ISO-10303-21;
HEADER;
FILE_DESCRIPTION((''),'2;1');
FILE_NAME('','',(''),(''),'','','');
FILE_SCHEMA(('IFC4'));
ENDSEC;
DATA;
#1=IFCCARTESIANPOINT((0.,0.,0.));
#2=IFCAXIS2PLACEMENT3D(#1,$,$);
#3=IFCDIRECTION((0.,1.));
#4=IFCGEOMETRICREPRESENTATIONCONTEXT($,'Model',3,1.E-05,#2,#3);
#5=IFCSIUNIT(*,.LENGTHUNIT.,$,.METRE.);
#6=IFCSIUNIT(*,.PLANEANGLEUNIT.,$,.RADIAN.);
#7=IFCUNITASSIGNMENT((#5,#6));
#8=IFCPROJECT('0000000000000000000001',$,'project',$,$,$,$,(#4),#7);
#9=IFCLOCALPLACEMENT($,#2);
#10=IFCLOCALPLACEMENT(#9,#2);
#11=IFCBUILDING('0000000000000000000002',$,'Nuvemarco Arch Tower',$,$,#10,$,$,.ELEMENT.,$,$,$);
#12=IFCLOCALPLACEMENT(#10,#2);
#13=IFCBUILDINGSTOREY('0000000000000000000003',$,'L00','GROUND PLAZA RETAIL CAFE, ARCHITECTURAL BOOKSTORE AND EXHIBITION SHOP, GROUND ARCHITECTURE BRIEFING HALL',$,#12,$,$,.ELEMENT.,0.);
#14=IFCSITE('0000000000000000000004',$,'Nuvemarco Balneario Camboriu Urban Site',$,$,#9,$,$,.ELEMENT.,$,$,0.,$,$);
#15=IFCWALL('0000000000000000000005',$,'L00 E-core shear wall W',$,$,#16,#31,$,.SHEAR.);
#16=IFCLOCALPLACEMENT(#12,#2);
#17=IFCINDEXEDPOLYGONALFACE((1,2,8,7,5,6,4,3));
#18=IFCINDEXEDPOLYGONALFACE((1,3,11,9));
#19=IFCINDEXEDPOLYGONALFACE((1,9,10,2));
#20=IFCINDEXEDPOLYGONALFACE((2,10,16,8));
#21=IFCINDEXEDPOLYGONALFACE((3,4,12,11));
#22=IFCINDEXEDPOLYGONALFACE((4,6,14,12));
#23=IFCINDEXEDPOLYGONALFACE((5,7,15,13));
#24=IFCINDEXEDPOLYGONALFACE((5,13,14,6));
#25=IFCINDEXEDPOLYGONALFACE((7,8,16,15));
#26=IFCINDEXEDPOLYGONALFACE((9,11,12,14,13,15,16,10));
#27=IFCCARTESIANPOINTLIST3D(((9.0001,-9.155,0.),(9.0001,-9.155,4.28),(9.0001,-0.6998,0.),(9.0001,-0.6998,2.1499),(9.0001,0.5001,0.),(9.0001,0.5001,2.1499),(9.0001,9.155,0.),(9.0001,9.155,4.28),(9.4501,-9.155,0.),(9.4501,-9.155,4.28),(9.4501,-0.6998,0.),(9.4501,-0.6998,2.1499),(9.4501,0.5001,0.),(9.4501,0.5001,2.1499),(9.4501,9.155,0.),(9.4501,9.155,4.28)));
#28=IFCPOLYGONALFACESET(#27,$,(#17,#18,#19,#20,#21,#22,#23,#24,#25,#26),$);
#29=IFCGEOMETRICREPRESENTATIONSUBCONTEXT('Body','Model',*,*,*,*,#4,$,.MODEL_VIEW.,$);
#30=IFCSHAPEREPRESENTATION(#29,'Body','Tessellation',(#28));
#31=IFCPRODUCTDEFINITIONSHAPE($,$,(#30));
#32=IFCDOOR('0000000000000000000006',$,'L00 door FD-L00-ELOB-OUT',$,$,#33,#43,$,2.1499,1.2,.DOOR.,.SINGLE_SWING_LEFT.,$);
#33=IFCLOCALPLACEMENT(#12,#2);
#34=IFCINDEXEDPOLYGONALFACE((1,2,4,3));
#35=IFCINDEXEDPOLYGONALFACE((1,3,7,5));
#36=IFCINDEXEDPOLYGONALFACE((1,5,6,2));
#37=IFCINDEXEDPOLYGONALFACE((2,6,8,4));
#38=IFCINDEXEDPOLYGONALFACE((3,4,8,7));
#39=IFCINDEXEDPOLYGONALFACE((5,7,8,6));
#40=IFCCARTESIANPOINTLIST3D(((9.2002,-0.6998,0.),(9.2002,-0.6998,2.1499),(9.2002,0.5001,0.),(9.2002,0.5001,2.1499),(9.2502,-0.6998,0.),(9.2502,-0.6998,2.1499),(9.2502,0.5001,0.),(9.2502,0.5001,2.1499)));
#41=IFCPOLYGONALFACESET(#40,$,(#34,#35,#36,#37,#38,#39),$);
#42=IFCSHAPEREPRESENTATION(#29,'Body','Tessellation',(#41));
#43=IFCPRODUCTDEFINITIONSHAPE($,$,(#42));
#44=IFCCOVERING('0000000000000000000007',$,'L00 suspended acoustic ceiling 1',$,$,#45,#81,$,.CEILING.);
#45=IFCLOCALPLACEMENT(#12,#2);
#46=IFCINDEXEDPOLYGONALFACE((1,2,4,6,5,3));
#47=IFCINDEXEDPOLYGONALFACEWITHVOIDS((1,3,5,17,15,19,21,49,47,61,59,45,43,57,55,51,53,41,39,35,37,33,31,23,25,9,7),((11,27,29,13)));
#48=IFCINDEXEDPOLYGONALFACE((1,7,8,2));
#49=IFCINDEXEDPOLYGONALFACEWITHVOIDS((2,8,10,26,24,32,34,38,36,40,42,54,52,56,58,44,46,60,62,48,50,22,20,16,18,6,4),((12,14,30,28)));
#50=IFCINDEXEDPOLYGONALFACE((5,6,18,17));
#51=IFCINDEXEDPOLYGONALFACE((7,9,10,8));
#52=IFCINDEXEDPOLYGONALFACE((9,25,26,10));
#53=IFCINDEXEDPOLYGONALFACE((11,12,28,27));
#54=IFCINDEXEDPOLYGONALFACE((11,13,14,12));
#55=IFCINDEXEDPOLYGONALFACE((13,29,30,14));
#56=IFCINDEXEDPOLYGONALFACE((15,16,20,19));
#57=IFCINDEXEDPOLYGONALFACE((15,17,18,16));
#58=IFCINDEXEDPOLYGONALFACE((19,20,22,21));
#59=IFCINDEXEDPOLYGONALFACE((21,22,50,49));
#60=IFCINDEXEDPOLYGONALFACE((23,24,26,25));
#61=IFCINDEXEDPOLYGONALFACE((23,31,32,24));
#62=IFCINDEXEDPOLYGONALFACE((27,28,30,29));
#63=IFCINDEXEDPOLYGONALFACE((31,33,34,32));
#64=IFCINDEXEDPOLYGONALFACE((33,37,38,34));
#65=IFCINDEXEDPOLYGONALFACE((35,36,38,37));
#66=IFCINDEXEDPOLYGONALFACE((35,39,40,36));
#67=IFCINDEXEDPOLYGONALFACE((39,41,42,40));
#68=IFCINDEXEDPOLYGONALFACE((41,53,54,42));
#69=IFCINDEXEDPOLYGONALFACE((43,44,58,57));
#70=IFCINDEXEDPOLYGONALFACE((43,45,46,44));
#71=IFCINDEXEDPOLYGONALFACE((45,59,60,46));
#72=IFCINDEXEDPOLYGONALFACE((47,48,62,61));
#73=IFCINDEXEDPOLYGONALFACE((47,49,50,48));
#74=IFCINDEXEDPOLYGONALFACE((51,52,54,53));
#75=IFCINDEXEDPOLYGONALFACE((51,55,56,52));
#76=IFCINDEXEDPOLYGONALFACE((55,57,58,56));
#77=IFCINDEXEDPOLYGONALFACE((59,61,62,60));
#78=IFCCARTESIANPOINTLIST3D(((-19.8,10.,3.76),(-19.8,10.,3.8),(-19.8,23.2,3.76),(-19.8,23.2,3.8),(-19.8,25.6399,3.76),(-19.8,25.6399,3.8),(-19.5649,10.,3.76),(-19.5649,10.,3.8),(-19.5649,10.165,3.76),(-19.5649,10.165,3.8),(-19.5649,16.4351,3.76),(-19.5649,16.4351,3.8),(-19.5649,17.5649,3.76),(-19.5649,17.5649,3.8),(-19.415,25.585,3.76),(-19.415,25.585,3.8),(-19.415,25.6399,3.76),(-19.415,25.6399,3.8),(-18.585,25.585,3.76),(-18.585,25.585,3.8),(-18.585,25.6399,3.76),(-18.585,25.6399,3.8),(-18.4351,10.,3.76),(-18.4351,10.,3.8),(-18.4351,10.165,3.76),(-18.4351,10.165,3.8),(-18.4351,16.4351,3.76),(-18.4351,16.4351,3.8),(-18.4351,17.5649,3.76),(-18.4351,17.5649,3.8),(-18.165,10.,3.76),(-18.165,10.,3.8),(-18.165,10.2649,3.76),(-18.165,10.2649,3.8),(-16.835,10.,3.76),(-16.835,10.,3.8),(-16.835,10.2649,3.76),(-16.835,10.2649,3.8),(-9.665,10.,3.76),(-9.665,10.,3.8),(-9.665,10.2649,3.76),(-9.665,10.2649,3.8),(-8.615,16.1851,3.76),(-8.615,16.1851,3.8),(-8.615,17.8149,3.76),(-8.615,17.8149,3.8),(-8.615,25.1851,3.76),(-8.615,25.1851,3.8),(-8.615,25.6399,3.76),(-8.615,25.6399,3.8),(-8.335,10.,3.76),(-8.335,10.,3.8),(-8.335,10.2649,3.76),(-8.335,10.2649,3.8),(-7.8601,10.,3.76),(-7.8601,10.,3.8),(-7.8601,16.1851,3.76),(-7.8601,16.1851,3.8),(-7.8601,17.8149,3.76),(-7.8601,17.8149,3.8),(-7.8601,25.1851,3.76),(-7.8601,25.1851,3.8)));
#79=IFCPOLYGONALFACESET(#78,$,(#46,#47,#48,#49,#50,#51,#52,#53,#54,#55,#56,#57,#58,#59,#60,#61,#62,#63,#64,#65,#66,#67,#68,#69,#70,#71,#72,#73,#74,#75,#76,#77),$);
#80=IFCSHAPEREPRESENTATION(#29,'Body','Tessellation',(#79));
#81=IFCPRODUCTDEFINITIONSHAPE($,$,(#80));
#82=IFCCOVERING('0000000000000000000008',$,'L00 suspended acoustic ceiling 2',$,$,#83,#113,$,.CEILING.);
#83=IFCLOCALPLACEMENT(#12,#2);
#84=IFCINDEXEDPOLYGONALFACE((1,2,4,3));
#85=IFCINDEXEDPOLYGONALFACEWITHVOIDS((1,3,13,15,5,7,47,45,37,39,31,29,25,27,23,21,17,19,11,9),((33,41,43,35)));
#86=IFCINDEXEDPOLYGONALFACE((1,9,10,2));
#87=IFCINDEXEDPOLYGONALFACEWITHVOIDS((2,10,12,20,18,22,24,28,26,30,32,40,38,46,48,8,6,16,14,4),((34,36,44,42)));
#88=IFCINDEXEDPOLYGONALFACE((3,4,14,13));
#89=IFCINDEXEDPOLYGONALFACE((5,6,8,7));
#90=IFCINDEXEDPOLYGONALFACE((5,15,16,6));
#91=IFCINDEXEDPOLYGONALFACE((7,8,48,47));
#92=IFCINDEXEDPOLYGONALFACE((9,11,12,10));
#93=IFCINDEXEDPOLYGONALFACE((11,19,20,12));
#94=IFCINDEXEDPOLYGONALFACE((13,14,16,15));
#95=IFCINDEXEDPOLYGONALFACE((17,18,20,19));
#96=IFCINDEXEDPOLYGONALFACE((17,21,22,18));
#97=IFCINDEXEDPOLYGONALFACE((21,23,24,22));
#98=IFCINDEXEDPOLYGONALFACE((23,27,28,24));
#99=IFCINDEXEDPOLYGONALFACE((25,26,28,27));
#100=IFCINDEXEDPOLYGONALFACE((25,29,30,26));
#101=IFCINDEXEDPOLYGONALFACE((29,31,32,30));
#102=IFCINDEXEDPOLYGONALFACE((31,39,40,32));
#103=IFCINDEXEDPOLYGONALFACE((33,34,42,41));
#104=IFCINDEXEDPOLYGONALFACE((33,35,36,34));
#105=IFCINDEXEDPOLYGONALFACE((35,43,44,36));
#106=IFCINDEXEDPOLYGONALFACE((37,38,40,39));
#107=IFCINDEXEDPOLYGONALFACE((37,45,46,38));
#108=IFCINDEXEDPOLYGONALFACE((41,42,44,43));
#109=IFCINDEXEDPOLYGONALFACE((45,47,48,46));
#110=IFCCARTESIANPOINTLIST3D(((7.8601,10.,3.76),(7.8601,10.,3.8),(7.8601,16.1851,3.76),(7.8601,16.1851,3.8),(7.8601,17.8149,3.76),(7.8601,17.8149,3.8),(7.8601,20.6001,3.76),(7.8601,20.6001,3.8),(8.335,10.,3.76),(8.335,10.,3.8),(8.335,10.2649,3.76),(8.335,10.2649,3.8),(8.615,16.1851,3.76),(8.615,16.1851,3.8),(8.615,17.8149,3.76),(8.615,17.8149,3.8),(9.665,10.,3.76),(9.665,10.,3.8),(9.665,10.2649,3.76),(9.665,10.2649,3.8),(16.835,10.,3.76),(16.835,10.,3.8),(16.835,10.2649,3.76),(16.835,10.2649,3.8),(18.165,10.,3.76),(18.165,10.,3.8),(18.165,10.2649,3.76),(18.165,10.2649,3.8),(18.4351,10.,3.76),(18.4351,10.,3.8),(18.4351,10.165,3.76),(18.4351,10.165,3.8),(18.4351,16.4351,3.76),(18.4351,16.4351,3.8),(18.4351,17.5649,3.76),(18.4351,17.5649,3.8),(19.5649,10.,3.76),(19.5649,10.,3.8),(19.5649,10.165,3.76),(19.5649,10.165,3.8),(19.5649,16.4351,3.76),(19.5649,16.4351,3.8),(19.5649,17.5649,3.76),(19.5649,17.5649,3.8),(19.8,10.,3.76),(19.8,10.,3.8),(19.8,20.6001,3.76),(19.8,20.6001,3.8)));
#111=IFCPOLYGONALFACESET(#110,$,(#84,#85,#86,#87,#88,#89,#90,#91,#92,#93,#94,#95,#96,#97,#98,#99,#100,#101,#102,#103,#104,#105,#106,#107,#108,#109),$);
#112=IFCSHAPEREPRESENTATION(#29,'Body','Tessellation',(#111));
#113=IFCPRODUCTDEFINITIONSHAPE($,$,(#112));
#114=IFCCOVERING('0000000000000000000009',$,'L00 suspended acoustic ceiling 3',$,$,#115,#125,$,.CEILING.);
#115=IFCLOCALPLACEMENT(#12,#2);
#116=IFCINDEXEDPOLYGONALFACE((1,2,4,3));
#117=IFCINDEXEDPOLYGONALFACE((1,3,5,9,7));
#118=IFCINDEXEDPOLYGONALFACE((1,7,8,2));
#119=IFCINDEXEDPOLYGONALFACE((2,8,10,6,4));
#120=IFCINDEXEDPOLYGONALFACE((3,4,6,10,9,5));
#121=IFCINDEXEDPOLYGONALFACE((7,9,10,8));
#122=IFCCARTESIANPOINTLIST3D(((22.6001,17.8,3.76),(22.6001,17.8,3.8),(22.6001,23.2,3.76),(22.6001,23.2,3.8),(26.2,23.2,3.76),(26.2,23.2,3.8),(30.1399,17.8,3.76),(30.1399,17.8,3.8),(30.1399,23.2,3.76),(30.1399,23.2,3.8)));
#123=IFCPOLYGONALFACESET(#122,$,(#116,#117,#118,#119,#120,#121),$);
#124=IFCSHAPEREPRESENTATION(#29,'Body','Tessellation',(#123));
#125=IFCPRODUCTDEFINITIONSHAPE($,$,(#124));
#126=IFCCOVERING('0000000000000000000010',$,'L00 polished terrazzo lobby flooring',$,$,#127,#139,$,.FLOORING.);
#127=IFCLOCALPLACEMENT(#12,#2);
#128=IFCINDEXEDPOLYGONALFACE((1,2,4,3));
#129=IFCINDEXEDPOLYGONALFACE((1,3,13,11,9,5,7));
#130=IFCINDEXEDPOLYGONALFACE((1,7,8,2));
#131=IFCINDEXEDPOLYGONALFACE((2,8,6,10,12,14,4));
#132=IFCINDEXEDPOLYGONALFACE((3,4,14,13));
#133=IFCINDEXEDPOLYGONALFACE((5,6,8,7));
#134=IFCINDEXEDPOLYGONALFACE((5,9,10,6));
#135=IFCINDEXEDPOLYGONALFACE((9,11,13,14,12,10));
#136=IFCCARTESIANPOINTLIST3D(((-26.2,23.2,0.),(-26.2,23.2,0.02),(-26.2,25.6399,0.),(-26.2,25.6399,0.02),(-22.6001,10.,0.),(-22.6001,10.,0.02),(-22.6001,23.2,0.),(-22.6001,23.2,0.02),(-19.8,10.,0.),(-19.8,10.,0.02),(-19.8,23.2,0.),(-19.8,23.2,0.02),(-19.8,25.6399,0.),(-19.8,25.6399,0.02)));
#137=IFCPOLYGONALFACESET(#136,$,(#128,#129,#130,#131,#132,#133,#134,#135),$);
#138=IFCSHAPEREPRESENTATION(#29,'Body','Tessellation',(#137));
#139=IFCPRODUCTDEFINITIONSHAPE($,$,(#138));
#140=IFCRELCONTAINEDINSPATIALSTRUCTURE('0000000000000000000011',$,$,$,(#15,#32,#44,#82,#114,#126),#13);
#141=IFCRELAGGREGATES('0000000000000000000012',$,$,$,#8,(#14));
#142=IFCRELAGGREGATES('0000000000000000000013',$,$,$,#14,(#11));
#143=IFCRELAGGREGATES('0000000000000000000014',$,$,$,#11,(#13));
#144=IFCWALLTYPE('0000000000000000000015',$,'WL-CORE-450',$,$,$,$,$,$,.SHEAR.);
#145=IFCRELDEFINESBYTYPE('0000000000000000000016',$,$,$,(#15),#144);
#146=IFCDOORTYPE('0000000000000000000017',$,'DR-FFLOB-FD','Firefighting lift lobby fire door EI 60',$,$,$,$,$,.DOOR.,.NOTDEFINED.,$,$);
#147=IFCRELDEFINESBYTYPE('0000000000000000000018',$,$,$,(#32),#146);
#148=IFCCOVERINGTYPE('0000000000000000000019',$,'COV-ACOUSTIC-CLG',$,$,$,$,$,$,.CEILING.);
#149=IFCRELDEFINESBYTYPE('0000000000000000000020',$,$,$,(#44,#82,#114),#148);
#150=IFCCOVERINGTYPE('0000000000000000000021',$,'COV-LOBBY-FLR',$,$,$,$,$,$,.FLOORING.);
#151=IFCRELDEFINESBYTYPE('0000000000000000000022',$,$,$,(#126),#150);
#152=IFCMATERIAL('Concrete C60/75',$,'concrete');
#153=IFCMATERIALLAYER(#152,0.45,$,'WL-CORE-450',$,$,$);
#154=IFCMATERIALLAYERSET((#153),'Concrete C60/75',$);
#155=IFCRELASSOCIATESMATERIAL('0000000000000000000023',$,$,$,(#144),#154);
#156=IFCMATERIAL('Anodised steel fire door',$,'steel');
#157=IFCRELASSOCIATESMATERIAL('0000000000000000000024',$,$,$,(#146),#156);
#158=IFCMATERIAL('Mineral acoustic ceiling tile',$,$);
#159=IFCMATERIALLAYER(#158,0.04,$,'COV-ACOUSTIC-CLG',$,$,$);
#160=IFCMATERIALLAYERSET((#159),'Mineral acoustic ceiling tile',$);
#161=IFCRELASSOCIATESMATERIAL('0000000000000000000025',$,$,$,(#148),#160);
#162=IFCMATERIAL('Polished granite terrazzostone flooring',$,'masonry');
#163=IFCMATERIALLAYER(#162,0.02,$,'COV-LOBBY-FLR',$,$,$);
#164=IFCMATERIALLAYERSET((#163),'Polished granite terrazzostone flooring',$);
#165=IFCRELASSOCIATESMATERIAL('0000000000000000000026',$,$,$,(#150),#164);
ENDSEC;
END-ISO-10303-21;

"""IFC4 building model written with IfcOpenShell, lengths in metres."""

from ifc_helpers import new_model, si_unit, direction, frame, frame_2d, origin, place, context, subcontext, project, spatial, polyline, rectangle, outline, extrude, source, transform, mapped, material, layer, layer_set, type_object, type_shapes, element, fill, save


model = new_model("IFC4")

# Units and contexts
model_context = context("Model", 3, precision=1e-05, world=origin(), true_north=direction((0.0, 1.0)))
body_context = subcontext(model_context, "Body", "Model", "MODEL_VIEW")
ifc_project = project(units=[si_unit("LENGTHUNIT", "METRE"), si_unit("PLANEANGLEUNIT", "RADIAN")], contexts=[model_context])

# Site, building, storey
site_placement = place(None, origin())
site = spatial("IfcSite", under=ifc_project, at=site_placement, Name="Nuvemarco Balneario Camboriu Urban Site", CompositionType="ELEMENT", RefElevation=0.0)
building_placement = place(site_placement, origin())
building = spatial("IfcBuilding", under=site, at=building_placement, Name="Nuvemarco Arch Tower", CompositionType="ELEMENT")
storey_placement = place(building_placement, origin())
storey = spatial("IfcBuildingStorey", under=building, at=storey_placement, Name="L00", Description="GROUND PLAZA RETAIL CAFE, ARCHITECTURAL BOOKSTORE AND EXHIBITION SHOP, GROUND ARCHITECTURE BRIEFING HALL", CompositionType="ELEMENT", Elevation=0.0)

# Shared definitions
ifc_material_1 = material(Name="Concrete C60/75", Category="concrete")

# Shared definitions
ifc_layer_1 = layer(ifc_material_1, 0.45, Name="WL-CORE-450")
ifc_layer_set_1 = layer_set([ifc_layer_1], Name="Concrete C60/75")
wall_type = type_object("IfcWallType", Name="WL-CORE-450", PredefinedType="SHEAR", material=ifc_layer_set_1)

# Wall, opening, door
wall_1_placement = place(storey_placement, frame((9.2251, -9.155, 0.0), z_axis=(0.0, 0.0, 1.0), x_axis=(0.0, 1.0, 0.0)))
wall_1 = element("IfcWall", 1, at=wall_1_placement, inside=storey, type_object=wall_type, Name="L00 E-core shear wall W", PredefinedType="SHEAR", context=body_context, shape_type="SweptSolid", body=[
    extrude(rectangle(XDim=18.3101, YDim=0.45, at=frame_2d((9.155, 0.0))), origin(), (0.0, 0.0, 1.0), 4.28),
])
opening_placement = place(wall_1_placement, frame((8.4551, 0.0, 0.0)))
opening = element("IfcOpeningElement", 2, at=opening_placement, cuts=wall_1, PredefinedType="OPENING", context=body_context, shape_type="SweptSolid", body=[
    extrude(rectangle(XDim=1.2, YDim=2.1499, at=frame_2d((0.6001, 1.075))), frame((0.0, 0.2349, 0.0), z_axis=(0.0, -1.0, 0.0), x_axis=(1.0, 0.0, 0.0)), (0.0, 0.0, 1.0), 0.47),
])
ifc_material_2 = material(Name="Anodised steel fire door", Category="steel")
door_type = type_object("IfcDoorType", Name="DR-FFLOB-FD", Description="Firefighting lift lobby fire door EI 60", OperationType="NOTDEFINED", PredefinedType="DOOR", material=ifc_material_2)
shared_shape = source(origin(), body_context, "Body", "SweptSolid", [
    extrude(rectangle(XDim=1.2, YDim=2.1499, at=frame_2d((0.6001, 1.075))), frame((0.0, 0.0249, 0.0), z_axis=(0.0, -1.0, 0.0), x_axis=(1.0, 0.0, 0.0)), (0.0, 0.0, 1.0), 0.05),
])
type_shapes(door_type, [shared_shape])
door_placement = place(opening_placement, origin())
door = element("IfcDoor", 3, at=door_placement, inside=storey, type_object=door_type, Name="L00 door FD-L00-ELOB-OUT", OperationType="SINGLE_SWING_LEFT", OverallHeight=2.1499, OverallWidth=1.2, PredefinedType="DOOR", context=body_context, shape_type="MappedRepresentation", body=[
    mapped(shared_shape, transform((0.0, 0.0, 0.0), scale=1.0)),
])
fill(opening, door)

# Coverings
ifc_material_3 = material(Name="Mineral acoustic ceiling tile")
ifc_layer_2 = layer(ifc_material_3, 0.04, Name="COV-ACOUSTIC-CLG")
ifc_layer_set_2 = layer_set([ifc_layer_2], Name="Mineral acoustic ceiling tile")
covering_type_1 = type_object("IfcCoveringType", Name="COV-ACOUSTIC-CLG", PredefinedType="CEILING", material=ifc_layer_set_2)
covering_1_placement = place(storey_placement, frame((0.0, 0.0, 3.76)))
element("IfcCovering", 4, at=covering_1_placement, inside=storey, type_object=covering_type_1, Name="L00 suspended acoustic ceiling 1", PredefinedType="CEILING", context=body_context, shape_type="SweptSolid", body=[
    extrude(outline(polyline([(-8.615, 25.1851), (-7.8601, 25.1851), (-7.8601, 17.8149), (-8.615, 17.8149), (-8.615, 16.1851), (-7.8601, 16.1851), (-7.8601, 10.0), (-8.335, 10.0), (-8.335, 10.2649), (-9.665, 10.2649), (-9.665, 10.0), (-16.835, 10.0), (-16.835, 10.2649), (-18.165, 10.2649), (-18.165, 10.0), (-18.4351, 10.0), (-18.4351, 10.165), (-19.5649, 10.165), (-19.5649, 10.0), (-19.8, 10.0), (-19.8, 23.2), (-19.8, 25.6399), (-19.415, 25.6399), (-19.415, 25.585), (-18.585, 25.585), (-18.585, 25.6399), (-8.615, 25.6399), (-8.615, 25.1851)]), holes=[polyline([(-18.4351, 16.4351), (-18.4351, 17.5649), (-19.5649, 17.5649), (-19.5649, 16.4351), (-18.4351, 16.4351)])]), origin(), (0.0, 0.0, 1.0), 0.04),
])
covering_2_placement = place(storey_placement, frame((0.0, 0.0, 3.76)))
element("IfcCovering", 5, at=covering_2_placement, inside=storey, type_object=covering_type_1, Name="L00 suspended acoustic ceiling 2", PredefinedType="CEILING", context=body_context, shape_type="SweptSolid", body=[
    extrude(outline(polyline([(18.165, 10.2649), (16.835, 10.2649), (16.835, 10.0), (9.665, 10.0), (9.665, 10.2649), (8.335, 10.2649), (8.335, 10.0), (7.8601, 10.0), (7.8601, 16.1851), (8.615, 16.1851), (8.615, 17.8149), (7.8601, 17.8149), (7.8601, 20.6001), (19.8, 20.6001), (19.8, 10.0), (19.5649, 10.0), (19.5649, 10.165), (18.4351, 10.165), (18.4351, 10.0), (18.165, 10.0), (18.165, 10.2649)]), holes=[polyline([(19.5649, 16.4351), (19.5649, 17.5649), (18.4351, 17.5649), (18.4351, 16.4351), (19.5649, 16.4351)])]), origin(), (0.0, 0.0, 1.0), 0.04),
])
covering_3_placement = place(storey_placement, frame((0.0, 0.0, 3.76)))
element("IfcCovering", 6, at=covering_3_placement, inside=storey, type_object=covering_type_1, Name="L00 suspended acoustic ceiling 3", PredefinedType="CEILING", context=body_context, shape_type="SweptSolid", body=[
    extrude(outline(polyline([(22.6001, 17.8), (22.6001, 23.2), (26.2, 23.2), (30.1399, 23.2), (30.1399, 17.8), (22.6001, 17.8)])), origin(), (0.0, 0.0, 1.0), 0.04),
])
ifc_material_4 = material(Name="Polished granite terrazzostone flooring", Category="masonry")
ifc_layer_3 = layer(ifc_material_4, 0.02, Name="COV-LOBBY-FLR")
ifc_layer_set_3 = layer_set([ifc_layer_3], Name="Polished granite terrazzostone flooring")
covering_type_2 = type_object("IfcCoveringType", Name="COV-LOBBY-FLR", PredefinedType="FLOORING", material=ifc_layer_set_3)
covering_4_placement = place(storey_placement, origin())
element("IfcCovering", 7, at=covering_4_placement, inside=storey, type_object=covering_type_2, Name="L00 polished terrazzo lobby flooring", PredefinedType="FLOORING", context=body_context, shape_type="SweptSolid", body=[
    extrude(outline(polyline([(-26.2, 23.2), (-26.2, 25.6399), (-19.8, 25.6399), (-19.8, 23.2), (-19.8, 10.0), (-22.6001, 10.0), (-22.6001, 23.2), (-26.2, 23.2)])), origin(), (0.0, 0.0, 1.0), 0.02),
])

save(model, "model.ifc")
